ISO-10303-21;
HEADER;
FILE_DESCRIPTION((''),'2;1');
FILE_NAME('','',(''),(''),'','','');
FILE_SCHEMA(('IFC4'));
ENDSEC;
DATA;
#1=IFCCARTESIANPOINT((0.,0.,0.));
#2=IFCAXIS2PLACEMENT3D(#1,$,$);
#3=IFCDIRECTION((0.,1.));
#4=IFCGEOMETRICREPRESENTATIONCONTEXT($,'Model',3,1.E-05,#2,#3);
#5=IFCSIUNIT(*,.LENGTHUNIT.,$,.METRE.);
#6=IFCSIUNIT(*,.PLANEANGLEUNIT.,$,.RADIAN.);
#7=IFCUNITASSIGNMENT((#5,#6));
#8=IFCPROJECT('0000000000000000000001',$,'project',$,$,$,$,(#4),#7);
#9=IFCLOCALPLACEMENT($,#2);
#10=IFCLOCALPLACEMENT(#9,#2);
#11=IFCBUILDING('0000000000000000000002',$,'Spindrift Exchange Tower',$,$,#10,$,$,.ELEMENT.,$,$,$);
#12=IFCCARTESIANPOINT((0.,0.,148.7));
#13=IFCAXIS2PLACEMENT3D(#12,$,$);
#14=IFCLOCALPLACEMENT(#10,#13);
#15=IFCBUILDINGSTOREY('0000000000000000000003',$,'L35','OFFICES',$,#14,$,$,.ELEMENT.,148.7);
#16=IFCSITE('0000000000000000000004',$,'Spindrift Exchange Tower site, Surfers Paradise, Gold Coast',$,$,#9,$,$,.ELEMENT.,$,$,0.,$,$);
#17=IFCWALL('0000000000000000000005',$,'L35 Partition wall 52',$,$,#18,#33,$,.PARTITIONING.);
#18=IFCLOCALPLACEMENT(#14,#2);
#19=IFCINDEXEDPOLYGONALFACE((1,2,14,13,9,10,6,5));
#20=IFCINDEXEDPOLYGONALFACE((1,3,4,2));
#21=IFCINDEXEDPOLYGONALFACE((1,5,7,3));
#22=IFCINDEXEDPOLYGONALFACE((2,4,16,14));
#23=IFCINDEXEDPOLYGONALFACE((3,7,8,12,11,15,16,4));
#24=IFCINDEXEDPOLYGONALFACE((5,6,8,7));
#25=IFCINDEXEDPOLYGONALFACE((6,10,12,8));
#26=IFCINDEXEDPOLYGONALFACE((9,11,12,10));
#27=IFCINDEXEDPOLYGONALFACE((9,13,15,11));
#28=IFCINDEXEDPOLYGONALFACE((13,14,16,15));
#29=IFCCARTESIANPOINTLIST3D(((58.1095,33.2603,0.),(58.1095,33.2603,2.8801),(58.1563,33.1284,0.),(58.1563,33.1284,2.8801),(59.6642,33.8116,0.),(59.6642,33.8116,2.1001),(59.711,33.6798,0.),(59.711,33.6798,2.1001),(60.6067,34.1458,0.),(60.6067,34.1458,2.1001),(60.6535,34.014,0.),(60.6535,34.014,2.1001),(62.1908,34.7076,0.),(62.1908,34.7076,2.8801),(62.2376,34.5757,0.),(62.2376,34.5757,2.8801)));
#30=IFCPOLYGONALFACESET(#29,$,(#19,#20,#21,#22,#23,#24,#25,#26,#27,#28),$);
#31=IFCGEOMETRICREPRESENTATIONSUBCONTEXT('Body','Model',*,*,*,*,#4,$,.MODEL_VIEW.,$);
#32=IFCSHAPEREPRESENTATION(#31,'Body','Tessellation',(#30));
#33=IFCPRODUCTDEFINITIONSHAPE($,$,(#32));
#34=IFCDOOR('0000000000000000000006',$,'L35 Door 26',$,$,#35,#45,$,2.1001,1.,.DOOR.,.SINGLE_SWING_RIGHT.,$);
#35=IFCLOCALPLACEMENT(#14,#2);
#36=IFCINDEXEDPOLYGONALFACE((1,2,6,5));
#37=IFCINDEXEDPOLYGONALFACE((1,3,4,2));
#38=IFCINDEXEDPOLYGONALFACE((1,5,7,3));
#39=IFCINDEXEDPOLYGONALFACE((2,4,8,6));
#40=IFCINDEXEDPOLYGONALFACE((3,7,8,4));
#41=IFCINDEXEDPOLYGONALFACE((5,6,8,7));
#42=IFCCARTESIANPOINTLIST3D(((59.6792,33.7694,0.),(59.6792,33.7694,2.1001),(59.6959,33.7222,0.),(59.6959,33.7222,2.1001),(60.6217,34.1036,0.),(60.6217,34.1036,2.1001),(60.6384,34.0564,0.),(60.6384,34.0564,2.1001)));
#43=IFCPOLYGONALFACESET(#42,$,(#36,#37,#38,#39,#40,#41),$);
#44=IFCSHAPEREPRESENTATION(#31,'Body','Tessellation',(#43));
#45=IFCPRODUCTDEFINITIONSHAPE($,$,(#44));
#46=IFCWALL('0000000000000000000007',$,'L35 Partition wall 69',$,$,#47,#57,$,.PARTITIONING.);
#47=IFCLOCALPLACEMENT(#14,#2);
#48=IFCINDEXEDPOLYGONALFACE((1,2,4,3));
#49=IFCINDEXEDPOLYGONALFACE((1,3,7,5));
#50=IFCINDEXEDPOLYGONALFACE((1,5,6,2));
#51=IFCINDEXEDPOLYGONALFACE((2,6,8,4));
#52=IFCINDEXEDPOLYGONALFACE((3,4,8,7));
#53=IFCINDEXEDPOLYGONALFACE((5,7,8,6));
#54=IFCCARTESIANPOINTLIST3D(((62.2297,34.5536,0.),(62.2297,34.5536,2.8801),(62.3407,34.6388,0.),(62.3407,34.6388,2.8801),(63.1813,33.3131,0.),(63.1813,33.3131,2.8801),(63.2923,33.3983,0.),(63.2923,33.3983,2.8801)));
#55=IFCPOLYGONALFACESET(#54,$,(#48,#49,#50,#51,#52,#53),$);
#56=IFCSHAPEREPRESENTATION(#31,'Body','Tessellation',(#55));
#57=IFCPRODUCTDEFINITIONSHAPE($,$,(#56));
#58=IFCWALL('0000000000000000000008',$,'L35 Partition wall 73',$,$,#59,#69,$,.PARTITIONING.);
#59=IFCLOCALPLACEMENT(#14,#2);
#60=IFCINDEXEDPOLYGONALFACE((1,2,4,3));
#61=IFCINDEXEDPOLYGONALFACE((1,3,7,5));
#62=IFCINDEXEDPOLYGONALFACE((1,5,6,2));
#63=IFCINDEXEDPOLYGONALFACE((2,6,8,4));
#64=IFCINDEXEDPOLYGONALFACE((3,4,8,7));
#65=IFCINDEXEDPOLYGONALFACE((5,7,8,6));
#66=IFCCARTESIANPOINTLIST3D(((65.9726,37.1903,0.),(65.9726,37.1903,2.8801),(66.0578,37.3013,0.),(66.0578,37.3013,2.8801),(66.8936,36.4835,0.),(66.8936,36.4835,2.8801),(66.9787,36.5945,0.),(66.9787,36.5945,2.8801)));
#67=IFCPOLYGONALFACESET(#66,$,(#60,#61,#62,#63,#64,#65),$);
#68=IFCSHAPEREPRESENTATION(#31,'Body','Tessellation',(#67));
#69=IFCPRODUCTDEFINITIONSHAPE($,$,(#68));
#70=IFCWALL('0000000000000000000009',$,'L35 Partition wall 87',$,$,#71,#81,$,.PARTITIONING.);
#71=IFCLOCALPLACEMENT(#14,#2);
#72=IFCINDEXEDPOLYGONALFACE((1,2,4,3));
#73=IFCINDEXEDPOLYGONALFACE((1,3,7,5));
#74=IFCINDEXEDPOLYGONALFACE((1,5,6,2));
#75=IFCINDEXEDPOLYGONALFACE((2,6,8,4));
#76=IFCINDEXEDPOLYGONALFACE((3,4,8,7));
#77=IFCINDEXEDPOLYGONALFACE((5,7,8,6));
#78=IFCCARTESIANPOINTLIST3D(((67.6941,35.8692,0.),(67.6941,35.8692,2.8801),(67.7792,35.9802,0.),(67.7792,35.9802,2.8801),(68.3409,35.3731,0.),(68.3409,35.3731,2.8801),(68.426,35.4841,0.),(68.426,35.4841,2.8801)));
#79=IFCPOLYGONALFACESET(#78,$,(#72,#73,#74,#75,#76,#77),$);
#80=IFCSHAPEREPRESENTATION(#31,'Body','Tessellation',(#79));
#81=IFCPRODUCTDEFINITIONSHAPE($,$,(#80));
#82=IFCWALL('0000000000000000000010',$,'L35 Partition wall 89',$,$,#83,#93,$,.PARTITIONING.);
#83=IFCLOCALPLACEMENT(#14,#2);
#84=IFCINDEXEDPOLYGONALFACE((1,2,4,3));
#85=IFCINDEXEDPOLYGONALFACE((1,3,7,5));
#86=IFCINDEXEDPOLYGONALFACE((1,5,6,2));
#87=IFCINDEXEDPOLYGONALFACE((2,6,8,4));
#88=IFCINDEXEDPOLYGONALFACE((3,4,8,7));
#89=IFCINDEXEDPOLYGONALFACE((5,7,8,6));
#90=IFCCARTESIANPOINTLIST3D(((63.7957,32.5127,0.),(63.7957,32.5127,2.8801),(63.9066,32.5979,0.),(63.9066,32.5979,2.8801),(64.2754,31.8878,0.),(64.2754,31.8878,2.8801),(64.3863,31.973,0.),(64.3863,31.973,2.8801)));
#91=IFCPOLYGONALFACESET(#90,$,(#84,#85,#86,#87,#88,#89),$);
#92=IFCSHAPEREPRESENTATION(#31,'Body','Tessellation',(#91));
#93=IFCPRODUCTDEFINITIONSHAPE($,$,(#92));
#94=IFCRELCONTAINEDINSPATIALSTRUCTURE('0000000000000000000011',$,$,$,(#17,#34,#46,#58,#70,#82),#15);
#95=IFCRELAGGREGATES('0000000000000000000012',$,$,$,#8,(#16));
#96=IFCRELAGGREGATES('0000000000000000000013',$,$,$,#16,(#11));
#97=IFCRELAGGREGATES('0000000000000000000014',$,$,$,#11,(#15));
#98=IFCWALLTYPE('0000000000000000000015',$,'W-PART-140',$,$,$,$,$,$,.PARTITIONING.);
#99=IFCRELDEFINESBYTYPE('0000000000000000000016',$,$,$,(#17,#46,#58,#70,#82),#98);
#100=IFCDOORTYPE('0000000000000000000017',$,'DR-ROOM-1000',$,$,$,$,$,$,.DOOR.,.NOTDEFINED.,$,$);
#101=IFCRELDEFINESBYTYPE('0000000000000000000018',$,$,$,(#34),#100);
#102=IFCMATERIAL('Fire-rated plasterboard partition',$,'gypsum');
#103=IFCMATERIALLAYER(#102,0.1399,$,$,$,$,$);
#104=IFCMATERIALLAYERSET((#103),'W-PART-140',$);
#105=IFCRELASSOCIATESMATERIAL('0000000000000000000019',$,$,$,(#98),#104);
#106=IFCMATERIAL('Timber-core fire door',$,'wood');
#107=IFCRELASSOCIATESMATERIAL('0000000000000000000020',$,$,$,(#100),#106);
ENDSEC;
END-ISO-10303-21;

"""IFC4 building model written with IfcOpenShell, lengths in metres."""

from ifc_helpers import new_model, si_unit, direction, frame, frame_2d, origin, place, context, subcontext, project, spatial, rectangle, extrude, source, transform, mapped, material, layer, layer_set, type_object, element, fill, save


model = new_model("IFC4")

# Units and contexts
model_context = context("Model", 3, precision=1e-05, world=origin(), true_north=direction((0.0, 1.0)))
body_context = subcontext(model_context, "Body", "Model", "MODEL_VIEW")
ifc_project = project(units=[si_unit("LENGTHUNIT", "METRE"), si_unit("PLANEANGLEUNIT", "RADIAN")], contexts=[model_context])

# Site, building, storey
site_placement = place(None, origin())
site = spatial("IfcSite", under=ifc_project, at=site_placement, Name="Spindrift Exchange Tower site, Surfers Paradise, Gold Coast", CompositionType="ELEMENT", RefElevation=0.0)
building_placement = place(site_placement, origin())
building = spatial("IfcBuilding", under=site, at=building_placement, Name="Spindrift Exchange Tower", CompositionType="ELEMENT")
storey_placement = place(building_placement, frame((0.0, 0.0, 148.7)))
storey = spatial("IfcBuildingStorey", under=building, at=storey_placement, Name="L35", Description="OFFICES", CompositionType="ELEMENT", Elevation=148.7)

# Wall, opening, door
ifc_material_1 = material(Name="Fire-rated plasterboard partition", Category="gypsum")
ifc_layer_1 = layer(ifc_material_1, 0.1399)
ifc_layer_set_1 = layer_set([ifc_layer_1], Name="W-PART-140")
wall_type = type_object("IfcWallType", Name="W-PART-140", PredefinedType="PARTITIONING", material=ifc_layer_set_1)
ifc_material_2 = material(Name="Timber-core fire door", Category="wood")
door_type = type_object("IfcDoorType", Name="DR-ROOM-1000", OperationType="NOTDEFINED", PredefinedType="DOOR", material=ifc_material_2)
shared_shape_1 = source(origin(), body_context, "Body", "SweptSolid", [
    extrude(rectangle(XDim=1.0, YDim=2.1001, at=frame_2d((0.5, 1.05))), frame((0.0, 0.0249, 0.0), z_axis=(0.0, -1.0, 0.0), x_axis=(1.0, 0.0, 0.0)), (0.0, 0.0, 1.0), 0.05),
])
wall_1_placement = place(storey_placement, frame((62.2141, 34.6416, 0.0), z_axis=(0.0, 0.0, 1.0), x_axis=(-0.942496, -0.334218, 0.0)))
wall_1 = element("IfcWall", 1, at=wall_1_placement, inside=storey, type_object=wall_type, Name="L35 Partition wall 52", PredefinedType="PARTITIONING", context=body_context, shape_type="SweptSolid", body=[
    extrude(rectangle(XDim=4.3303, YDim=0.1399, at=frame_2d((2.165, 0.0))), origin(), (0.0, 0.0, 1.0), 2.8801),
])
opening_1_placement = place(wall_1_placement, frame((1.6807, 0.0, 0.0)))
opening_1 = element("IfcOpeningElement", 2, at=opening_1_placement, cuts=wall_1, PredefinedType="OPENING", context=body_context, shape_type="SweptSolid", body=[
    extrude(rectangle(XDim=1.0, YDim=2.1001, at=frame_2d((0.5, 1.05))), frame((0.0, 0.0798, 0.0), z_axis=(0.0, -1.0, 0.0), x_axis=(1.0, 0.0, 0.0)), (0.0, 0.0, 1.0), 0.1599),
])
door_1_placement = place(opening_1_placement, origin())
door_1 = element("IfcDoor", 3, at=door_1_placement, inside=storey, type_object=door_type, Name="L35 Door 26", OperationType="SINGLE_SWING_RIGHT", OverallHeight=2.1001, OverallWidth=1.0, PredefinedType="DOOR", context=body_context, shape_type="MappedRepresentation", body=[
    mapped(shared_shape_1, transform((0.0, 0.0, 0.0), scale=1.0)),
])
fill(opening_1, door_1)

# Walls
wall_2_placement = place(storey_placement, frame((62.2852, 34.5962, 0.0), z_axis=(0.0, 0.0, 1.0), x_axis=(0.608684, -0.793413, 0.0)))
element("IfcWall", 4, at=wall_2_placement, inside=storey, type_object=wall_type, Name="L35 Partition wall 69", PredefinedType="PARTITIONING", context=body_context, shape_type="SweptSolid", body=[
    extrude(rectangle(XDim=1.5635, YDim=0.1399, at=frame_2d((0.7817, 0.0))), origin(), (0.0, 0.0, 1.0), 2.8801),
])
wall_3_placement = place(storey_placement, frame((66.0151, 37.2458, 0.0), z_axis=(0.0, 0.0, 1.0), x_axis=(0.793288, -0.608846, 0.0)))
element("IfcWall", 5, at=wall_3_placement, inside=storey, type_object=wall_type, Name="L35 Partition wall 73", PredefinedType="PARTITIONING", context=body_context, shape_type="SweptSolid", body=[
    extrude(rectangle(XDim=1.1609, YDim=0.1399, at=frame_2d((0.5806, 0.0))), origin(), (0.0, 0.0, 1.0), 2.8801),
])
wall_4_placement = place(storey_placement, frame((67.7366, 35.9248, 0.0), z_axis=(0.0, 0.0, 1.0), x_axis=(0.793447, -0.608639, 0.0)))
element("IfcWall", 6, at=wall_4_placement, inside=storey, type_object=wall_type, Name="L35 Partition wall 87", PredefinedType="PARTITIONING", context=body_context, shape_type="SweptSolid", body=[
    extrude(rectangle(XDim=0.8152, YDim=0.1399, at=frame_2d((0.4077, 0.0))), origin(), (0.0, 0.0, 1.0), 2.8801),
])
wall_5_placement = place(storey_placement, frame((63.8511, 32.5554, 0.0), z_axis=(0.0, 0.0, 1.0), x_axis=(0.608887, -0.793257, 0.0)))
element("IfcWall", 7, at=wall_5_placement, inside=storey, type_object=wall_type, Name="L35 Partition wall 89", PredefinedType="PARTITIONING", context=body_context, shape_type="SweptSolid", body=[
    extrude(rectangle(XDim=0.7878, YDim=0.1399, at=frame_2d((0.394, 0.0))), origin(), (0.0, 0.0, 1.0), 2.8801),
])

save(model, "model.ifc")
